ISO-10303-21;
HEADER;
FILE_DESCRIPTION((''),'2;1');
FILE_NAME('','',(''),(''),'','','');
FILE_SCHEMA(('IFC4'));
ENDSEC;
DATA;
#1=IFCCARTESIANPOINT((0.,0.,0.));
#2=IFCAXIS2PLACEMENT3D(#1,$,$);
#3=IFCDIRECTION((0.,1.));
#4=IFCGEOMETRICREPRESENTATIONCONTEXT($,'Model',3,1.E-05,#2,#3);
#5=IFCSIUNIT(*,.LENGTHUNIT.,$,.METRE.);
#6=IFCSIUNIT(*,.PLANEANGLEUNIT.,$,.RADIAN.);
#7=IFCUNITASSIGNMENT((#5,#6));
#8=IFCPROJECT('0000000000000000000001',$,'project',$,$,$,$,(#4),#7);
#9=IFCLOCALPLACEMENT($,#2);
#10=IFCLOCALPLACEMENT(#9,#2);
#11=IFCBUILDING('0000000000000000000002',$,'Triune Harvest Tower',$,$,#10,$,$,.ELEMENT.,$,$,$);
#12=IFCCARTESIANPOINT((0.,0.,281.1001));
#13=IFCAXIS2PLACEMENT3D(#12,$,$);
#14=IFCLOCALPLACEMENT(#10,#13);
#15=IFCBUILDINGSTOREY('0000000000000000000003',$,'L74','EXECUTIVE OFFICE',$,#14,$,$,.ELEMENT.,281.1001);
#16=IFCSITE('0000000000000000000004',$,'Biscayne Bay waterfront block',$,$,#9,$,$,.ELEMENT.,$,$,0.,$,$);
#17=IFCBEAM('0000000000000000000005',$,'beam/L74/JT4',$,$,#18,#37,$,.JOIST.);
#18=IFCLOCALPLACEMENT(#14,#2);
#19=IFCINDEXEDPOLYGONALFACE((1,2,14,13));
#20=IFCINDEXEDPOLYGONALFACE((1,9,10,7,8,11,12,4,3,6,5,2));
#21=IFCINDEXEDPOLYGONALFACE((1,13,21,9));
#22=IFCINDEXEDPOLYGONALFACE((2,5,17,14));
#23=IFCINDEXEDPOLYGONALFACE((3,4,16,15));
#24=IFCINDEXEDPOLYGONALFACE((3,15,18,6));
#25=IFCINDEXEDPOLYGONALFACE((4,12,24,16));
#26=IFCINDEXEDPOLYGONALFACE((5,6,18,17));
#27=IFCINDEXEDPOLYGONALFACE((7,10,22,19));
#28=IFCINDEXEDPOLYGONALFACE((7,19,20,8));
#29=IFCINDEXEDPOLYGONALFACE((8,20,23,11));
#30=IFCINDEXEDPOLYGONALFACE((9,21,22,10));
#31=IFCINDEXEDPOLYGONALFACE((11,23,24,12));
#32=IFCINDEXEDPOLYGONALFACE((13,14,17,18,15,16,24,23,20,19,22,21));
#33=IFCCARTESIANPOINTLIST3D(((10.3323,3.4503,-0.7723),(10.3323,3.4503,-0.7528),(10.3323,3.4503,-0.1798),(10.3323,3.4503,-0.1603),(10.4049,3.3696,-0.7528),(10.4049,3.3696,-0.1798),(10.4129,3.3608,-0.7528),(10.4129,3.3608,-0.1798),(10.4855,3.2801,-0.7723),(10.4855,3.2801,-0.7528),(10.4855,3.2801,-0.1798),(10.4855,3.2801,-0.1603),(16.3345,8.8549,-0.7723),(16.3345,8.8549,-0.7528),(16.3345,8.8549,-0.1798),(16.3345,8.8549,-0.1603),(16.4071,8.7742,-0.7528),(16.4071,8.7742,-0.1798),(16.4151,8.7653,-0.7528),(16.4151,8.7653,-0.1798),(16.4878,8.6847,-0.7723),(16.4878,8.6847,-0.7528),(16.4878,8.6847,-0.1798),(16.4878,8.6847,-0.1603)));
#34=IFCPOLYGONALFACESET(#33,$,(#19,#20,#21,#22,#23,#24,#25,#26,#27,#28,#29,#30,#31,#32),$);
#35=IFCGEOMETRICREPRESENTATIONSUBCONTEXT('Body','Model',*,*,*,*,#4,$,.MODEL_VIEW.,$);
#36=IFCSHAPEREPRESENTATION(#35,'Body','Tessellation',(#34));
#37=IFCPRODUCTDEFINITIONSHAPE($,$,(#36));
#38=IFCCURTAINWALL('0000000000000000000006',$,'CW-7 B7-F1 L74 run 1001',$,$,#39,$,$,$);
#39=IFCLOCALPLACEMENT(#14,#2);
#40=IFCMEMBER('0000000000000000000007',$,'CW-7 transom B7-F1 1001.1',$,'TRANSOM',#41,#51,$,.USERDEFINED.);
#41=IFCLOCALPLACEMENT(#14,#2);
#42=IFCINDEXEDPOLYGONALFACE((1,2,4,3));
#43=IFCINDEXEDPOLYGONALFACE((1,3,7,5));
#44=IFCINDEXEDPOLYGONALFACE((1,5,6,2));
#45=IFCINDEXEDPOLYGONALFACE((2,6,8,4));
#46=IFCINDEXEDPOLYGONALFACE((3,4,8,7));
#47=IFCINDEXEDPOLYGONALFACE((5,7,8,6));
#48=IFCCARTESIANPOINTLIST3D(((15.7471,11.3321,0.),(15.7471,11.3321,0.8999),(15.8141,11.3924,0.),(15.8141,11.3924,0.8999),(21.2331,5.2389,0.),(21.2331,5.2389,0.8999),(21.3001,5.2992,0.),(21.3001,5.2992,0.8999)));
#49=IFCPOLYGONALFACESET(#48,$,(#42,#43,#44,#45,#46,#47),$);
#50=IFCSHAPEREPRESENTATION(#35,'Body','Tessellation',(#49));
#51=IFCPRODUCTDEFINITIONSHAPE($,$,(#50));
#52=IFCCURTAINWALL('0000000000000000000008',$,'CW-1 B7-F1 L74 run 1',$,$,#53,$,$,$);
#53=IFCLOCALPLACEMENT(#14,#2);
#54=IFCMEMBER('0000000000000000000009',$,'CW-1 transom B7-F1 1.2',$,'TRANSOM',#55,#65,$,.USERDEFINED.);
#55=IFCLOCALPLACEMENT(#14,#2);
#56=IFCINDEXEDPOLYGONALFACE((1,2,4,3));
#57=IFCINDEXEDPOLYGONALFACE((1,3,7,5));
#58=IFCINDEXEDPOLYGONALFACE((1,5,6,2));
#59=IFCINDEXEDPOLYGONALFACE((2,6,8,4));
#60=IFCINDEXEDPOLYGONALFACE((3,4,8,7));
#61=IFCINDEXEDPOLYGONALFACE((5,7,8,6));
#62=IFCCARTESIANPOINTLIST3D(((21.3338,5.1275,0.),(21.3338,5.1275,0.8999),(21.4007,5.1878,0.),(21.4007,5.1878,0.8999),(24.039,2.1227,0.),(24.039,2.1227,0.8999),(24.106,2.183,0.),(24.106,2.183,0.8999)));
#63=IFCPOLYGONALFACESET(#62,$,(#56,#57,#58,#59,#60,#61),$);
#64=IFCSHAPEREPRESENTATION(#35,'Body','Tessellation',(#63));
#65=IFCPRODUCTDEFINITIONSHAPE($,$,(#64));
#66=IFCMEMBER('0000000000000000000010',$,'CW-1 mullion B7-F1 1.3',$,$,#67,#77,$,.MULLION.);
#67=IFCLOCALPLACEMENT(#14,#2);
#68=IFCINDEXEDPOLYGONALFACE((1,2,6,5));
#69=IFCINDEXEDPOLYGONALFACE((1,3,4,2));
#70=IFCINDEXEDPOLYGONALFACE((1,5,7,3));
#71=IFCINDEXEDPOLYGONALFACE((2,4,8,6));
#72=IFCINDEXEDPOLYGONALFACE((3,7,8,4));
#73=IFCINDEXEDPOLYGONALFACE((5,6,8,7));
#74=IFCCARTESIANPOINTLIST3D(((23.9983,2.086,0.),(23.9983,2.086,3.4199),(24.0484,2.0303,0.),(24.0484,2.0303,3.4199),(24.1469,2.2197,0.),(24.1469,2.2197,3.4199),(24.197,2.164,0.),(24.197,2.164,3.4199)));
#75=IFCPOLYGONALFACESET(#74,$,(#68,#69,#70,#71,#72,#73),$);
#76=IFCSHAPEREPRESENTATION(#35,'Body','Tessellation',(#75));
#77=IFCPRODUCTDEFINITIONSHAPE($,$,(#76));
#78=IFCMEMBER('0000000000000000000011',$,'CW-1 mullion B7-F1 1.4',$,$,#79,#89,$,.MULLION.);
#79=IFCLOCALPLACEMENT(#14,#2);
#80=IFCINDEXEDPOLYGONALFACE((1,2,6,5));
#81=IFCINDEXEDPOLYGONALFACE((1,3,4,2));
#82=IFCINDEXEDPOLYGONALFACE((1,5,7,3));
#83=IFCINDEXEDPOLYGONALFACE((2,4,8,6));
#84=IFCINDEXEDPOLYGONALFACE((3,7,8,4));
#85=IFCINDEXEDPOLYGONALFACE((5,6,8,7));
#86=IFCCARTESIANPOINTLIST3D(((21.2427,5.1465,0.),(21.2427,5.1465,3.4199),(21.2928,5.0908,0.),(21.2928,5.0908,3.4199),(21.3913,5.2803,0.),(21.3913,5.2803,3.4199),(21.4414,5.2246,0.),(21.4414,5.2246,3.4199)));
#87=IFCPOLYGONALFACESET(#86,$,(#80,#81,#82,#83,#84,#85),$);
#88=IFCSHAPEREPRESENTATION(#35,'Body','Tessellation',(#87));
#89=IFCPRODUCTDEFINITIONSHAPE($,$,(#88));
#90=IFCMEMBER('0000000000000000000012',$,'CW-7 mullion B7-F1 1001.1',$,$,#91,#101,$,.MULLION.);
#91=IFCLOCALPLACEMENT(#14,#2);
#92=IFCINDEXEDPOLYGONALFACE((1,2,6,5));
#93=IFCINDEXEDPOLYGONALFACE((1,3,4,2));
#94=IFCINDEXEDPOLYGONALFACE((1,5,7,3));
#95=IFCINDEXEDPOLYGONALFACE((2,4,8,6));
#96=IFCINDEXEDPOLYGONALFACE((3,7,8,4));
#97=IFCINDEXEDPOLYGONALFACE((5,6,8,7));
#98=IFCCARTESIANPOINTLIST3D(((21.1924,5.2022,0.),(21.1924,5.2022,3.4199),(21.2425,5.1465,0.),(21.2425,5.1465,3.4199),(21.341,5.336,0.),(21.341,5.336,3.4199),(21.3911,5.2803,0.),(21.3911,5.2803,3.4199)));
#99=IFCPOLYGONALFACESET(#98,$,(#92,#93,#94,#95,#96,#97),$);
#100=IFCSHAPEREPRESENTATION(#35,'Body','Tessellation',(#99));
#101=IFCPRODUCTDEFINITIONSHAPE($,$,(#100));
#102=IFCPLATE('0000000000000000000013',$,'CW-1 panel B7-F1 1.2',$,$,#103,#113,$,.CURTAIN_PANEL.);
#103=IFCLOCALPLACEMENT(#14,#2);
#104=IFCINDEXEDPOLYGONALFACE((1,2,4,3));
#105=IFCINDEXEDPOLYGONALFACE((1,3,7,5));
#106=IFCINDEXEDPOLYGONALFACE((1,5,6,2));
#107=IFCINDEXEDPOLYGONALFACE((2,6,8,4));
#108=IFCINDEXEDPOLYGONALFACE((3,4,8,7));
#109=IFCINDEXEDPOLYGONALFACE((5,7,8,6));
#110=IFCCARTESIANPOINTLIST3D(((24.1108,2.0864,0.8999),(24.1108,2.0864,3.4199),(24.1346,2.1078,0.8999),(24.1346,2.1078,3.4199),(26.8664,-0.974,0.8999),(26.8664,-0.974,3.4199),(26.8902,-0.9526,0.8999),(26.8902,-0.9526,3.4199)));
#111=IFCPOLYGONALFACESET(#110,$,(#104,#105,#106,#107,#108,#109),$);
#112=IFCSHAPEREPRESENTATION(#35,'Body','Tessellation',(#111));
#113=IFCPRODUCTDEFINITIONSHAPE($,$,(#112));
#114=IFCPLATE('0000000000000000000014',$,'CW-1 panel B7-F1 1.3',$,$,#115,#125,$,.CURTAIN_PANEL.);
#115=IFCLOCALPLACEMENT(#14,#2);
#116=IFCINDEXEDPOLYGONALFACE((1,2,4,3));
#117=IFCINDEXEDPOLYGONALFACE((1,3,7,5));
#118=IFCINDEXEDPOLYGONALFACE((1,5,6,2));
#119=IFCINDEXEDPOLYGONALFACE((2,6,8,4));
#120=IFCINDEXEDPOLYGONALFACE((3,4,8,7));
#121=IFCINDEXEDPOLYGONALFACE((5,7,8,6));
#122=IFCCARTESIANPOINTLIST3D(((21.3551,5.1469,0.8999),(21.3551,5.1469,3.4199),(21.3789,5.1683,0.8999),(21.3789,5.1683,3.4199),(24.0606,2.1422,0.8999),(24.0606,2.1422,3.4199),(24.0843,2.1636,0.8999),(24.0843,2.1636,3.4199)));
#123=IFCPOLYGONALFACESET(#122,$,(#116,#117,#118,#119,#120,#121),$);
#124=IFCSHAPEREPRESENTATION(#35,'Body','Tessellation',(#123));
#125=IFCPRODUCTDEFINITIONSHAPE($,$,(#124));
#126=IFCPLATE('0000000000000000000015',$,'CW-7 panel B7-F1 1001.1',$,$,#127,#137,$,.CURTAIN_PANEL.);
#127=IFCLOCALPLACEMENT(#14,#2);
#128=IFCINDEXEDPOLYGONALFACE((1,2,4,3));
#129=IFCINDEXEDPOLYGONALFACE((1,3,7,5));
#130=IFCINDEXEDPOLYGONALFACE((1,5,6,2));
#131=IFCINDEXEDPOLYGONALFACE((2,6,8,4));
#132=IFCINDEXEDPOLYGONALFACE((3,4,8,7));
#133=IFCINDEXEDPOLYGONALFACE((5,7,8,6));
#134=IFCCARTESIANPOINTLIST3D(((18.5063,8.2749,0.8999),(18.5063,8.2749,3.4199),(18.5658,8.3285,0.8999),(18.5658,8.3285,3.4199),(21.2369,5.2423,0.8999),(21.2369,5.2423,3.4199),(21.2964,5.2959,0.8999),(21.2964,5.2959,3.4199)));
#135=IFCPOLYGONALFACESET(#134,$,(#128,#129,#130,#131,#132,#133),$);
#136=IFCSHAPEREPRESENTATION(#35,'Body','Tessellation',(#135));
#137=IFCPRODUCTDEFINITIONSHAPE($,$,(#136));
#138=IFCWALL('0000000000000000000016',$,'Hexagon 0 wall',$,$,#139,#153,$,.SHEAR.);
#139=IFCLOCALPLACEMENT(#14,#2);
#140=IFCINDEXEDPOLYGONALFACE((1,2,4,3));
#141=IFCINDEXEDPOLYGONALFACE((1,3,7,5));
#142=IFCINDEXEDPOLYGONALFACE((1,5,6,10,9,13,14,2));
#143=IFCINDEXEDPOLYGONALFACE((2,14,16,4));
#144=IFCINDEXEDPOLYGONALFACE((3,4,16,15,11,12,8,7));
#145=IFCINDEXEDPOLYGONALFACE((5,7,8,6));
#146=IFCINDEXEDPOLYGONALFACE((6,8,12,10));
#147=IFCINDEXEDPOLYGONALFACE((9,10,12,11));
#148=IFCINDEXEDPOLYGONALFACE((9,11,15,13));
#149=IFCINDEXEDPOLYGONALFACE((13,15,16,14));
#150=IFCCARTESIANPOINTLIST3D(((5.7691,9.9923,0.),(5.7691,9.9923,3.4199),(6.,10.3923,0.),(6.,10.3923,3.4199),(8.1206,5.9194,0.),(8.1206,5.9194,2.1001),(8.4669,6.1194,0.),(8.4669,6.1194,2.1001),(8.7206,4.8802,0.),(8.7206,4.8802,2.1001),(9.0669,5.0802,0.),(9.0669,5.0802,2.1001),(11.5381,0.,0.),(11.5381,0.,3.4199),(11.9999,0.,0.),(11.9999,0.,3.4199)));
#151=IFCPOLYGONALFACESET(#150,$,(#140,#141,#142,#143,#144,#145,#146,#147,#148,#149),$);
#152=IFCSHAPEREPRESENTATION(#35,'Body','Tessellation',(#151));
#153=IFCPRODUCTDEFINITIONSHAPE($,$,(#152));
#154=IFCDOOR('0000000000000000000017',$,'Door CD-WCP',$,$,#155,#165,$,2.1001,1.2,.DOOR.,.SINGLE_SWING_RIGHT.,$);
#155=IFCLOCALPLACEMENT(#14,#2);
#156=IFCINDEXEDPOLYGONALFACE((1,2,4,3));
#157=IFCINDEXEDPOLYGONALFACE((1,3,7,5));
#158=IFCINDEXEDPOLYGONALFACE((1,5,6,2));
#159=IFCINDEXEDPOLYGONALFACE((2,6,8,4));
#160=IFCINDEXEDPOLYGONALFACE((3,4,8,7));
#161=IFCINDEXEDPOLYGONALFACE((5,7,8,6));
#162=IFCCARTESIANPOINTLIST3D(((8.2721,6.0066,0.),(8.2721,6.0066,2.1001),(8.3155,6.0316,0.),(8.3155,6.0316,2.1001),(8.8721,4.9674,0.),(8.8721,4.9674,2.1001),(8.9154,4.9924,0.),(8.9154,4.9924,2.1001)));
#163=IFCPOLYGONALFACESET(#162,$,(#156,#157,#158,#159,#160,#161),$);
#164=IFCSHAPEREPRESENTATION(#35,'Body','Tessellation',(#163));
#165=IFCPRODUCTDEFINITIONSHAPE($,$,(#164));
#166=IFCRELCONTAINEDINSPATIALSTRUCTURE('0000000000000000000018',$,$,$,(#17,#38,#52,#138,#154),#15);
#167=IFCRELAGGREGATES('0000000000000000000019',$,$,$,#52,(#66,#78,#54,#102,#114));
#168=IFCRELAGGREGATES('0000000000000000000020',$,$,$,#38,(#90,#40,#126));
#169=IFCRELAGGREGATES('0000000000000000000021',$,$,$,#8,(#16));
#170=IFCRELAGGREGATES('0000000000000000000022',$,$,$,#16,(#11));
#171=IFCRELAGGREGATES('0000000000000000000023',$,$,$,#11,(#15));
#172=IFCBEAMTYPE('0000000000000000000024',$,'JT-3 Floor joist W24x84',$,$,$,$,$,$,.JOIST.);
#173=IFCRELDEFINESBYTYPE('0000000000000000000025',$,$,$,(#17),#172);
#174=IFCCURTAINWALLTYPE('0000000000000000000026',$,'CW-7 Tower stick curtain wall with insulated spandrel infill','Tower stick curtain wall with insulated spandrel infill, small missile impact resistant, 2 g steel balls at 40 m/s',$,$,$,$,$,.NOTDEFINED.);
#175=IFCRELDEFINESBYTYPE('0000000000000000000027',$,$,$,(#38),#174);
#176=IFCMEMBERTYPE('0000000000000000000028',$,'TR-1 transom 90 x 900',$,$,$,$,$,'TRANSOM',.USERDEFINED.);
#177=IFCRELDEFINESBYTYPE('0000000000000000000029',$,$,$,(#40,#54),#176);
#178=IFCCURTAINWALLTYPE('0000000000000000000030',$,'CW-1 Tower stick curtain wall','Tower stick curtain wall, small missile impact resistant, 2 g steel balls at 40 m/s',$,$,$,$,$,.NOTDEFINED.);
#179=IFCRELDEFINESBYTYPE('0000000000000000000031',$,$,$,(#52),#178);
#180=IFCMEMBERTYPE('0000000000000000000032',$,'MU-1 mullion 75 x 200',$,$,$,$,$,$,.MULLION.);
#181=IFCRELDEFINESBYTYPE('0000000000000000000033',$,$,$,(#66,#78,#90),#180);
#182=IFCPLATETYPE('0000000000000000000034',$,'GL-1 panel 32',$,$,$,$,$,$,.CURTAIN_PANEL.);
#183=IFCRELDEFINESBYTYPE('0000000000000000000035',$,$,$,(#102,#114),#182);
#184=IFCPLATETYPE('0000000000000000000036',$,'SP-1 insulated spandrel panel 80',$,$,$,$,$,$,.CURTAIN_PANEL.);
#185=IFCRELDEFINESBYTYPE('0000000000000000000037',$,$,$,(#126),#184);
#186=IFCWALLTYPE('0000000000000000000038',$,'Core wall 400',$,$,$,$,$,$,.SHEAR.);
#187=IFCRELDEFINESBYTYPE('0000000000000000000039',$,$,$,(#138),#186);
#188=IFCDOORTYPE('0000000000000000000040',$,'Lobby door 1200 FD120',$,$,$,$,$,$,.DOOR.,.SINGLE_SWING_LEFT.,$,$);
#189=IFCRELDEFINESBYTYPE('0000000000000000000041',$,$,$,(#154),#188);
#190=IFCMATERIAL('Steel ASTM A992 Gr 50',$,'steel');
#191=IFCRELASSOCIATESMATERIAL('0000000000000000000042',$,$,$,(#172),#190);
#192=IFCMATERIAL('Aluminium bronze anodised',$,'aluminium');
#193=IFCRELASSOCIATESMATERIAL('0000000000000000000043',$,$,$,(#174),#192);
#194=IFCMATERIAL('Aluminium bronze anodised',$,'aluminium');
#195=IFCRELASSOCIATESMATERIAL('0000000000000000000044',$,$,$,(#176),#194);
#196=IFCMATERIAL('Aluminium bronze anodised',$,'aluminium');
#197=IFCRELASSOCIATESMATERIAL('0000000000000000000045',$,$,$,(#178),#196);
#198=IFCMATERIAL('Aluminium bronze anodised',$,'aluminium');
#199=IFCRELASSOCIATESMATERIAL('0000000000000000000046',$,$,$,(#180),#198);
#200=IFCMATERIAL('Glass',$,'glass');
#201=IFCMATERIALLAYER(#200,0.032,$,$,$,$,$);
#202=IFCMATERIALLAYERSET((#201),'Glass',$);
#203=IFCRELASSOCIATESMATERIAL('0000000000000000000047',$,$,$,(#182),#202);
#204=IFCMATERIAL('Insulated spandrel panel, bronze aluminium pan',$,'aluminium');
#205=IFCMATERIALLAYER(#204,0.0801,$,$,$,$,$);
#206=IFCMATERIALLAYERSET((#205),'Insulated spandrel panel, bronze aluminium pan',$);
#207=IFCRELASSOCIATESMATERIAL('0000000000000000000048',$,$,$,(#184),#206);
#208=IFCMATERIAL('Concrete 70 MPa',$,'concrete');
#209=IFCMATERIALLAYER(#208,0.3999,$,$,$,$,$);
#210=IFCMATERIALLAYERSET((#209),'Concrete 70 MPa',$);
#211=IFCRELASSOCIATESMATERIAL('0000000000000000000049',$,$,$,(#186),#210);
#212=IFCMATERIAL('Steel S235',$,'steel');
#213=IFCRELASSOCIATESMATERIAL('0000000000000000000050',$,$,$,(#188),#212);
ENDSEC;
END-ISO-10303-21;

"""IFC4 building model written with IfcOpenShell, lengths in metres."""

from ifc_helpers import new_model, si_unit, direction, frame, frame_2d, origin, origin_2d, place, context, subcontext, project, spatial, polyline, rectangle, i_section, outline, extrude, source, transform, mapped, material, layer, layer_set, material_profile, profile_set, type_object, element, fill, aggregate, save


model = new_model("IFC4")

# Units and contexts
model_context = context("Model", 3, precision=1e-05, world=origin(), true_north=direction((0.0, 1.0)))
body_context = subcontext(model_context, "Body", "Model", "MODEL_VIEW")
ifc_project = project(units=[si_unit("LENGTHUNIT", "METRE"), si_unit("PLANEANGLEUNIT", "RADIAN")], contexts=[model_context])

# Site, building, storey
site_placement = place(None, origin())
site = spatial("IfcSite", under=ifc_project, at=site_placement, Name="Biscayne Bay waterfront block", CompositionType="ELEMENT", RefElevation=0.0)
building_placement = place(site_placement, origin())
building = spatial("IfcBuilding", under=site, at=building_placement, Name="Triune Harvest Tower", CompositionType="ELEMENT")
storey_placement = place(building_placement, frame((0.0, 0.0, 281.1001)))
storey = spatial("IfcBuildingStorey", under=building, at=storey_placement, Name="L74", Description="EXECUTIVE OFFICE", CompositionType="ELEMENT", Elevation=281.1001)

# Beam
ifc_material_1 = material(Name="Steel ASTM A992 Gr 50", Category="steel")
ifc_material_profile_1 = material_profile(ifc_material_1, i_section(OverallWidth=0.229, OverallDepth=0.6121, WebThickness=0.012, FlangeThickness=0.0195, at=origin_2d()), Name="W24x84")
ifc_profile_set_1 = profile_set([ifc_material_profile_1], Name="Steel ASTM A992 Gr 50")
beam_type_1 = type_object("IfcBeamType", Name="JT-3 Floor joist W24x84", PredefinedType="JOIST", material=ifc_profile_set_1)
shared_shape_1 = source(origin(), body_context, "Body", "SweptSolid", [
    extrude(i_section(OverallWidth=0.229, OverallDepth=0.6121, WebThickness=0.012, FlangeThickness=0.0195, at=origin_2d()), origin(), (0.0, 0.0, 1.0), 8.0769),
])
beam_1_placement = place(storey_placement, frame((16.4111, 8.7698, -0.4663), z_axis=(-0.743136, -0.66914, 0.0), x_axis=(0.66914, -0.743136, 0.0)))
element("IfcBeam", 1, at=beam_1_placement, inside=storey, type_object=beam_type_1, Name="beam/L74/JT4", PredefinedType="JOIST", context=body_context, shape_type="MappedRepresentation", body=[
    mapped(shared_shape_1, transform((0.0, 0.0, 0.0), scale=1.0)),
])

# Curtain wall, member
ifc_material_2 = material(Name="Aluminium bronze anodised", Category="aluminium")
curtain_wall_type_1 = type_object("IfcCurtainWallType", Name="CW-7 Tower stick curtain wall with insulated spandrel infill", Description="Tower stick curtain wall with insulated spandrel infill, small missile impact resistant, 2 g steel balls at 40 m/s", PredefinedType="NOTDEFINED", material=ifc_material_2)
curtain_wall_1_placement = place(storey_placement, origin())
curtain_wall_1 = element("IfcCurtainWall", 2, at=curtain_wall_1_placement, inside=storey, type_object=curtain_wall_type_1, Name="CW-7 B7-F1 L74 run 1001")
ifc_material_3 = material(Name="Aluminium bronze anodised", Category="aluminium")
ifc_material_profile_2 = material_profile(ifc_material_3, rectangle(XDim=0.0901, YDim=0.8999, at=origin_2d()), Name="TR-1 transom 90 x 900")
ifc_profile_set_2 = profile_set([ifc_material_profile_2], Name="Aluminium bronze anodised")
member_type_1 = type_object("IfcMemberType", Name="TR-1 transom 90 x 900", ElementType="TRANSOM", PredefinedType="USERDEFINED", material=ifc_profile_set_2)
shared_shape_2 = source(origin(), body_context, "Body", "SweptSolid", [
    extrude(rectangle(XDim=0.0901, YDim=0.8999, at=origin_2d()), origin(), (0.0, 0.0, 1.0), 8.199),
])
member_1_placement = place(storey_placement, frame((21.2666, 5.269, 0.45), z_axis=(-0.669109, 0.743164, 0.0), x_axis=(-0.743164, -0.669109, 0.0)))
member_1 = element("IfcMember", 3, at=member_1_placement, type_object=member_type_1, Name="CW-7 transom B7-F1 1001.1", ObjectType="TRANSOM", PredefinedType="USERDEFINED", context=body_context, shape_type="MappedRepresentation", body=[
    mapped(shared_shape_2, transform((0.0, 0.0, 0.0), scale=1.0)),
])

# Curtain wall, members
ifc_material_4 = material(Name="Aluminium bronze anodised", Category="aluminium")
curtain_wall_type_2 = type_object("IfcCurtainWallType", Name="CW-1 Tower stick curtain wall", Description="Tower stick curtain wall, small missile impact resistant, 2 g steel balls at 40 m/s", PredefinedType="NOTDEFINED", material=ifc_material_4)
curtain_wall_2_placement = place(storey_placement, origin())
curtain_wall_2 = element("IfcCurtainWall", 4, at=curtain_wall_2_placement, inside=storey, type_object=curtain_wall_type_2, Name="CW-1 B7-F1 L74 run 1")
shared_shape_3 = source(origin(), body_context, "Body", "SweptSolid", [
    extrude(rectangle(XDim=0.0901, YDim=0.8999, at=origin_2d()), origin(), (0.0, 0.0, 1.0), 4.0432),
])
member_2_placement = place(storey_placement, frame((24.0725, 2.1528, 0.45), z_axis=(-0.669091, 0.74318, 0.0), x_axis=(-0.74318, -0.669091, 0.0)))
member_2 = element("IfcMember", 5, at=member_2_placement, type_object=member_type_1, Name="CW-1 transom B7-F1 1.2", ObjectType="TRANSOM", PredefinedType="USERDEFINED", context=body_context, shape_type="MappedRepresentation", body=[
    mapped(shared_shape_3, transform((0.0, 0.0, 0.0), scale=1.0)),
])
ifc_material_5 = material(Name="Aluminium bronze anodised", Category="aluminium")
ifc_material_profile_3 = material_profile(ifc_material_5, rectangle(XDim=0.2, YDim=0.075, at=origin_2d()), Name="MU-1 mullion 75 x 200")
ifc_profile_set_3 = profile_set([ifc_material_profile_3], Name="Aluminium bronze anodised")
member_type_2 = type_object("IfcMemberType", Name="MU-1 mullion 75 x 200", PredefinedType="MULLION", material=ifc_profile_set_3)
shared_shape_4 = source(origin(), body_context, "Body", "SweptSolid", [
    extrude(rectangle(XDim=0.2, YDim=0.075, at=origin_2d()), origin(), (0.0, 0.0, 1.0), 3.4199),
])
member_3_placement = place(storey_placement, frame((24.0977, 2.125, 0.0), z_axis=(0.0, 0.0, 1.0), x_axis=(-0.743144, -0.669131, 0.0)))
member_3 = element("IfcMember", 6, at=member_3_placement, type_object=member_type_2, Name="CW-1 mullion B7-F1 1.3", PredefinedType="MULLION", context=body_context, shape_type="MappedRepresentation", body=[
    mapped(shared_shape_4, transform((0.0, 0.0, 0.0), scale=1.0)),
])
member_4_placement = place(storey_placement, frame((21.342, 5.1855, 0.0), z_axis=(0.0, 0.0, 1.0), x_axis=(-0.743144, -0.669131, 0.0)))
member_4 = element("IfcMember", 7, at=member_4_placement, type_object=member_type_2, Name="CW-1 mullion B7-F1 1.4", PredefinedType="MULLION", context=body_context, shape_type="MappedRepresentation", body=[
    mapped(shared_shape_4, transform((0.0, 0.0, 0.0), scale=1.0)),
])

# Member
member_5_placement = place(storey_placement, frame((21.2917, 5.2412, 0.0), z_axis=(0.0, 0.0, 1.0), x_axis=(-0.743144, -0.669131, 0.0)))
member_5 = element("IfcMember", 8, at=member_5_placement, type_object=member_type_2, Name="CW-7 mullion B7-F1 1001.1", PredefinedType="MULLION", context=body_context, shape_type="MappedRepresentation", body=[
    mapped(shared_shape_4, transform((0.0, 0.0, 0.0), scale=1.0)),
])

# Plates
ifc_material_6 = material(Name="Glass", Category="glass")
ifc_layer_1 = layer(ifc_material_6, 0.032)
ifc_layer_set_1 = layer_set([ifc_layer_1], Name="Glass")
plate_type_1 = type_object("IfcPlateType", Name="GL-1 panel 32", PredefinedType="CURTAIN_PANEL", material=ifc_layer_set_1)
shared_shape_5 = source(origin(), body_context, "Body", "SweptSolid", [
    extrude(rectangle(XDim=4.1182, YDim=0.032, at=origin_2d()), origin(), (0.0, 0.0, 1.0), 2.52),
])
plate_1_placement = place(storey_placement, frame((25.5005, 0.5669, 0.8999), z_axis=(0.0, 0.0, 1.0), x_axis=(-0.669131, 0.743144, 0.0)))
plate_1 = element("IfcPlate", 9, at=plate_1_placement, type_object=plate_type_1, Name="CW-1 panel B7-F1 1.2", PredefinedType="CURTAIN_PANEL", context=body_context, shape_type="MappedRepresentation", body=[
    mapped(shared_shape_5, transform((0.0, 0.0, 0.0), scale=1.0)),
])
shared_shape_6 = source(origin(), body_context, "Body", "SweptSolid", [
    extrude(rectangle(XDim=4.0432, YDim=0.032, at=origin_2d()), origin(), (0.0, 0.0, 1.0), 2.52),
])
plate_2_placement = place(storey_placement, frame((22.7197, 3.6553, 0.8999), z_axis=(0.0, 0.0, 1.0), x_axis=(-0.669131, 0.743144, 0.0)))
plate_2 = element("IfcPlate", 10, at=plate_2_placement, type_object=plate_type_1, Name="CW-1 panel B7-F1 1.3", PredefinedType="CURTAIN_PANEL", context=body_context, shape_type="MappedRepresentation", body=[
    mapped(shared_shape_6, transform((0.0, 0.0, 0.0), scale=1.0)),
])
aggregate(curtain_wall_2, [member_3, member_4, member_2, plate_1, plate_2])
ifc_material_7 = material(Name="Insulated spandrel panel, bronze aluminium pan", Category="aluminium")
ifc_layer_2 = layer(ifc_material_7, 0.0801)
ifc_layer_set_2 = layer_set([ifc_layer_2], Name="Insulated spandrel panel, bronze aluminium pan")
plate_type_2 = type_object("IfcPlateType", Name="SP-1 insulated spandrel panel 80", PredefinedType="CURTAIN_PANEL", material=ifc_layer_set_2)
shared_shape_7 = source(origin(), body_context, "Body", "SweptSolid", [
    extrude(rectangle(XDim=4.0808, YDim=0.0801, at=origin_2d()), origin(), (0.0, 0.0, 1.0), 2.52),
])
plate_3_placement = place(storey_placement, frame((19.9014, 6.7854, 0.8999), z_axis=(0.0, 0.0, 1.0), x_axis=(-0.669131, 0.743144, 0.0)))
plate_3 = element("IfcPlate", 11, at=plate_3_placement, type_object=plate_type_2, Name="CW-7 panel B7-F1 1001.1", PredefinedType="CURTAIN_PANEL", context=body_context, shape_type="MappedRepresentation", body=[
    mapped(shared_shape_7, transform((0.0, 0.0, 0.0), scale=1.0)),
])
aggregate(curtain_wall_1, [member_5, member_1, plate_3])

# Wall, opening, door
ifc_material_8 = material(Name="Concrete 70 MPa", Category="concrete")
ifc_layer_3 = layer(ifc_material_8, 0.3999)
ifc_layer_set_3 = layer_set([ifc_layer_3], Name="Concrete 70 MPa")
wall_type = type_object("IfcWallType", Name="Core wall 400", PredefinedType="SHEAR", material=ifc_layer_set_3)
shared_shape_8 = source(origin(), body_context, "Body", "SweptSolid", [
    extrude(outline(polyline([(-0.1155, -0.2), (11.8845, -0.2), (11.6536, 0.2), (0.1155, 0.2), (-0.1155, -0.2)])), origin(), (0.0, 0.0, 1.0), 3.4199),
])
wall_placement = place(storey_placement, frame((11.769, 0.0, 0.0), z_axis=(0.0, 0.0, 1.0), x_axis=(-0.499997, 0.866027, 0.0)))
wall = element("IfcWall", 12, at=wall_placement, inside=storey, type_object=wall_type, Name="Hexagon 0 wall", PredefinedType="SHEAR", context=body_context, shape_type="MappedRepresentation", body=[
    mapped(shared_shape_8, transform((0.0, 0.0, 0.0), scale=1.0)),
])
opening_placement = place(wall_placement, frame((5.7505, 0.0, 0.0)))
opening = element("IfcOpeningElement", 13, at=opening_placement, cuts=wall, PredefinedType="OPENING", context=body_context, shape_type="SweptSolid", body=[
    extrude(rectangle(XDim=1.2, YDim=2.1001, at=frame_2d((0.6001, 1.05))), frame((0.0, 0.21, 0.0), z_axis=(0.0, -1.0, 0.0), x_axis=(1.0, 0.0, 0.0)), (0.0, 0.0, 1.0), 0.4199),
])
ifc_material_9 = material(Name="Steel S235", Category="steel")
door_type = type_object("IfcDoorType", Name="Lobby door 1200 FD120", OperationType="SINGLE_SWING_LEFT", PredefinedType="DOOR", material=ifc_material_9)
door_placement = place(opening_placement, frame((1.2, 0.0, 0.0), z_axis=(0.0, 0.0, 1.0), x_axis=(-1.0, 0.0, 0.0)))
door = element("IfcDoor", 14, at=door_placement, inside=storey, type_object=door_type, Name="Door CD-WCP", OperationType="SINGLE_SWING_RIGHT", OverallHeight=2.1001, OverallWidth=1.2, PredefinedType="DOOR", context=body_context, shape_type="SweptSolid", body=[
    extrude(rectangle(XDim=1.2, YDim=2.1001, at=frame_2d((0.6001, 1.05))), frame((0.0, 0.0249, 0.0), z_axis=(0.0, -1.0, 0.0), x_axis=(1.0, 0.0, 0.0)), (0.0, 0.0, 1.0), 0.05),
])
fill(opening, door)

save(model, "model.ifc")
